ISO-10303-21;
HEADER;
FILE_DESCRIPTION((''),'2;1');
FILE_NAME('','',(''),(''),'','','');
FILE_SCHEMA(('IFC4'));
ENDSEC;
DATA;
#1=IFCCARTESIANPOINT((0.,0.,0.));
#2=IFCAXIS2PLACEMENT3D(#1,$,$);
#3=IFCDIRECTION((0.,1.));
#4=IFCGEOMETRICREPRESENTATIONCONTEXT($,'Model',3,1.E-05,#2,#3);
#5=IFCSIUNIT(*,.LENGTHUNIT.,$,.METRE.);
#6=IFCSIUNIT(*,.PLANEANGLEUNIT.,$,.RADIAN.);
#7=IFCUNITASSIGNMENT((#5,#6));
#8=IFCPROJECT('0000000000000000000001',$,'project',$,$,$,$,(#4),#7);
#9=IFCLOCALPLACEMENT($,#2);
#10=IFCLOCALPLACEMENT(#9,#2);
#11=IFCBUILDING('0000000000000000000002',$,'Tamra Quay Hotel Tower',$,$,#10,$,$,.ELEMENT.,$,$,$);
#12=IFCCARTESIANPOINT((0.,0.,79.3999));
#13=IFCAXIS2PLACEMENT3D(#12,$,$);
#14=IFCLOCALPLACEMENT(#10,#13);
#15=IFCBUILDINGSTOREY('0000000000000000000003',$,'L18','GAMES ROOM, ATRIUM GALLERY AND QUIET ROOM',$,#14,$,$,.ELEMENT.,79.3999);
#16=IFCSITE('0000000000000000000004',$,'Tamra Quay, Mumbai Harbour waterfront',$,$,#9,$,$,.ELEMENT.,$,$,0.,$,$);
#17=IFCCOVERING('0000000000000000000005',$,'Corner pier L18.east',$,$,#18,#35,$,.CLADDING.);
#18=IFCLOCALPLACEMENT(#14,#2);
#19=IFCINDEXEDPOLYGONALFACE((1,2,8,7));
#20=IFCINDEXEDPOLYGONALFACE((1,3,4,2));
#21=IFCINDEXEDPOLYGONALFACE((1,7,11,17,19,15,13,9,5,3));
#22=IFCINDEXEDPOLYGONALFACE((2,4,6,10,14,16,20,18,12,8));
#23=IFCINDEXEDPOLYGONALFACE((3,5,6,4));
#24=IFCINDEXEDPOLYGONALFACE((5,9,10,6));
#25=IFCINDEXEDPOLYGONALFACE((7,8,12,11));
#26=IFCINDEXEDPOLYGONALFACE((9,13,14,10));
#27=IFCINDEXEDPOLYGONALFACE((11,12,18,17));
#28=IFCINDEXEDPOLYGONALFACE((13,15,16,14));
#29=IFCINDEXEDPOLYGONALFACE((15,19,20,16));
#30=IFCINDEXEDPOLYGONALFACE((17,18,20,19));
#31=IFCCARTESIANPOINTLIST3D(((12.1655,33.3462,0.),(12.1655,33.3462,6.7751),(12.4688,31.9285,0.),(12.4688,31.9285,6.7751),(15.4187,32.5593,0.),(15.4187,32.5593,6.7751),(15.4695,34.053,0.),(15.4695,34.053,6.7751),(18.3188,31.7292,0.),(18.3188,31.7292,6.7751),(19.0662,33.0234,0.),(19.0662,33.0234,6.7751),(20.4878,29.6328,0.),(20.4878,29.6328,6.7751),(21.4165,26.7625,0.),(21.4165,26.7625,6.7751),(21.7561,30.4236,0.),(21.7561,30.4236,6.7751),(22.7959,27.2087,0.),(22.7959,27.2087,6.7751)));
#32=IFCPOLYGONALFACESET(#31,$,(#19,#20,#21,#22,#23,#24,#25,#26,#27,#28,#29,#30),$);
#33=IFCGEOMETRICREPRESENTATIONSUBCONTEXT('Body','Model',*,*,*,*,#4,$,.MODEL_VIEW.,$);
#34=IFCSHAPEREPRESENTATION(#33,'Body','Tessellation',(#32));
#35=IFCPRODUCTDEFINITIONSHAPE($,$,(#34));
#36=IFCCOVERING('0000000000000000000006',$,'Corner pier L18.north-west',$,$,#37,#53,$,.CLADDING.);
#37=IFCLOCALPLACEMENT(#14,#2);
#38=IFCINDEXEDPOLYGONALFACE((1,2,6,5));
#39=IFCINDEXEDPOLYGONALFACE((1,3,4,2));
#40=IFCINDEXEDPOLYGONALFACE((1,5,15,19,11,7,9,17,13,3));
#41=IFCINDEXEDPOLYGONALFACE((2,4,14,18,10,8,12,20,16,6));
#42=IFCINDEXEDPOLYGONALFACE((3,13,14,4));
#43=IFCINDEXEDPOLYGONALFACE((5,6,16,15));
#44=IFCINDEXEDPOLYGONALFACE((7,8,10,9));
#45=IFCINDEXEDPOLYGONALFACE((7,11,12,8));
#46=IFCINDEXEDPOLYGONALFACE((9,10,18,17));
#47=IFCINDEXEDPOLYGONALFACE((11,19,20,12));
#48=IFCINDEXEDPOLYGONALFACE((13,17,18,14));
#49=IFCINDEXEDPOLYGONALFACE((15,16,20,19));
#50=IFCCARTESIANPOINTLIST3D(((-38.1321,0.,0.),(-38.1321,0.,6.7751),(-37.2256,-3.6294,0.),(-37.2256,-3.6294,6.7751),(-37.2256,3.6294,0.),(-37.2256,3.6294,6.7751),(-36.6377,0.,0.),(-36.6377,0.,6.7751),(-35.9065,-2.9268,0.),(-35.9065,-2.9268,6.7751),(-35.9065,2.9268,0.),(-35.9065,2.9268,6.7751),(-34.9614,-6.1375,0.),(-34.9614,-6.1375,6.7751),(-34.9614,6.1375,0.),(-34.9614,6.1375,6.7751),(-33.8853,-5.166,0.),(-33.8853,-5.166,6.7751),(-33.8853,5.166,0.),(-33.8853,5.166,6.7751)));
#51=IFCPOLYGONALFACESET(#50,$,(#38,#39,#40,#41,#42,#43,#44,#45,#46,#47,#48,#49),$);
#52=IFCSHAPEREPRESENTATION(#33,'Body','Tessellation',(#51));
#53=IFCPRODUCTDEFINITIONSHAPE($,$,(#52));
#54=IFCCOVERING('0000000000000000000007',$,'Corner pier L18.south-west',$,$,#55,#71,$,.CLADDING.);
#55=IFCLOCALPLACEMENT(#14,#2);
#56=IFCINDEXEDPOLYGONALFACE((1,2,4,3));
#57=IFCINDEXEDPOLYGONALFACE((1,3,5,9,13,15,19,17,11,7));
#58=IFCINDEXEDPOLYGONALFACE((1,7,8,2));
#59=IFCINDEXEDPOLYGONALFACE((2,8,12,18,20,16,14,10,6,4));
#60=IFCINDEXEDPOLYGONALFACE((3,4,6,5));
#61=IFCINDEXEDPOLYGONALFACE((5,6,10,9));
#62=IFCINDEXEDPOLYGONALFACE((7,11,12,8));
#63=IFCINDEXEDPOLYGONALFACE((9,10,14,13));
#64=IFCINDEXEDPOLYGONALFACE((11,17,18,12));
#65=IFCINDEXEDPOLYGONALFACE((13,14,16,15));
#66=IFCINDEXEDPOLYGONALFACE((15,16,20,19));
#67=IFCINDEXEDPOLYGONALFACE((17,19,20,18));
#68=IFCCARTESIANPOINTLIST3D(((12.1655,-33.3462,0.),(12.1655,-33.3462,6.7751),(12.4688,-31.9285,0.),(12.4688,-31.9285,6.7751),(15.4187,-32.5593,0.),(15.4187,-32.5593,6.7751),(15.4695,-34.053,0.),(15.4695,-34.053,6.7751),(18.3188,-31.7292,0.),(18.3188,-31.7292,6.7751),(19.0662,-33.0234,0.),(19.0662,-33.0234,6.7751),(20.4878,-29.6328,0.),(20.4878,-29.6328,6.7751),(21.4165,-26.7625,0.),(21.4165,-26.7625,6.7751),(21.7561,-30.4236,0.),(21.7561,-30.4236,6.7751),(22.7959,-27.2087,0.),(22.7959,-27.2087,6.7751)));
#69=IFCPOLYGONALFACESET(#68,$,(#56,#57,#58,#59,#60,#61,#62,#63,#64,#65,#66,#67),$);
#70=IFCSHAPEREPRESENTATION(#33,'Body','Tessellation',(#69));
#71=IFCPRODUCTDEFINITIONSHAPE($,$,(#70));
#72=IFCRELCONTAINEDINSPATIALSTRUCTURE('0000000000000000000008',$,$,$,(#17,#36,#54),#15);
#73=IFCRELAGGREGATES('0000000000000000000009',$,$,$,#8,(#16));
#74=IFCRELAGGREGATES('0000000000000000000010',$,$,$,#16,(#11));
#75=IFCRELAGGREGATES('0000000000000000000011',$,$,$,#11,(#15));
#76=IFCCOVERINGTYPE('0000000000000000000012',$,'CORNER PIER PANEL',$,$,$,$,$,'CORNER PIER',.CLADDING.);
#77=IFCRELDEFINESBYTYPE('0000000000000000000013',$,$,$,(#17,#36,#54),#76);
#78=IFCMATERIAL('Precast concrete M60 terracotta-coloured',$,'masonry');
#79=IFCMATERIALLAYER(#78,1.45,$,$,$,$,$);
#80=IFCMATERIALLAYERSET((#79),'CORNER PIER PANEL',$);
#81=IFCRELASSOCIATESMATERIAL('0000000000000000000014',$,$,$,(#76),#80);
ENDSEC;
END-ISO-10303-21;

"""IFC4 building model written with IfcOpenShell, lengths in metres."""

from ifc_helpers import new_model, si_unit, direction, frame, origin, place, context, subcontext, project, spatial, polyline, outline, extrude, material, layer, layer_set, type_object, element, save


model = new_model("IFC4")

# Units and contexts
model_context = context("Model", 3, precision=1e-05, world=origin(), true_north=direction((0.0, 1.0)))
body_context = subcontext(model_context, "Body", "Model", "MODEL_VIEW")
ifc_project = project(units=[si_unit("LENGTHUNIT", "METRE"), si_unit("PLANEANGLEUNIT", "RADIAN")], contexts=[model_context])

# Site, building, storey
site_placement = place(None, origin())
site = spatial("IfcSite", under=ifc_project, at=site_placement, Name="Tamra Quay, Mumbai Harbour waterfront", CompositionType="ELEMENT", RefElevation=0.0)
building_placement = place(site_placement, origin())
building = spatial("IfcBuilding", under=site, at=building_placement, Name="Tamra Quay Hotel Tower", CompositionType="ELEMENT")
storey_placement = place(building_placement, frame((0.0, 0.0, 79.3999)))
storey = spatial("IfcBuildingStorey", under=building, at=storey_placement, Name="L18", Description="GAMES ROOM, ATRIUM GALLERY AND QUIET ROOM", CompositionType="ELEMENT", Elevation=79.3999)

# Coverings
ifc_material_1 = material(Name="Precast concrete M60 terracotta-coloured", Category="masonry")
ifc_layer_1 = layer(ifc_material_1, 1.45)
ifc_layer_set_1 = layer_set([ifc_layer_1], Name="CORNER PIER PANEL")
covering_type = type_object("IfcCoveringType", Name="CORNER PIER PANEL", ElementType="CORNER PIER", PredefinedType="CLADDING", material=ifc_layer_set_1)
covering_1_placement = place(storey_placement, origin())
element("IfcCovering", 1, at=covering_1_placement, inside=storey, type_object=covering_type, Name="Corner pier L18.east", PredefinedType="CLADDING", context=body_context, shape_type="SweptSolid", body=[
    extrude(outline(polyline([(21.4165, 26.7625), (22.7959, 27.2087), (21.7561, 30.4236), (19.0662, 33.0234), (15.4695, 34.053), (12.1655, 33.3462), (12.4688, 31.9285), (15.4187, 32.5593), (18.3188, 31.7292), (20.4878, 29.6328), (21.4165, 26.7625)])), origin(), (0.0, 0.0, 1.0), 6.7751),
])
covering_2_placement = place(storey_placement, origin())
element("IfcCovering", 2, at=covering_2_placement, inside=storey, type_object=covering_type, Name="Corner pier L18.north-west", PredefinedType="CLADDING", context=body_context, shape_type="SweptSolid", body=[
    extrude(outline(polyline([(-33.8853, 5.166), (-34.9614, 6.1375), (-37.2256, 3.6294), (-38.1321, 0.0), (-37.2256, -3.6294), (-34.9614, -6.1375), (-33.8853, -5.166), (-35.9065, -2.9268), (-36.6377, 0.0), (-35.9065, 2.9268), (-33.8853, 5.166)])), origin(), (0.0, 0.0, 1.0), 6.7751),
])
covering_3_placement = place(storey_placement, origin())
element("IfcCovering", 3, at=covering_3_placement, inside=storey, type_object=covering_type, Name="Corner pier L18.south-west", PredefinedType="CLADDING", context=body_context, shape_type="SweptSolid", body=[
    extrude(outline(polyline([(12.4688, -31.9285), (12.1655, -33.3462), (15.4695, -34.053), (19.0662, -33.0234), (21.7561, -30.4236), (22.7959, -27.2087), (21.4165, -26.7625), (20.4878, -29.6328), (18.3188, -31.7292), (15.4187, -32.5593), (12.4688, -31.9285)])), origin(), (0.0, 0.0, 1.0), 6.7751),
])

save(model, "model.ifc")
